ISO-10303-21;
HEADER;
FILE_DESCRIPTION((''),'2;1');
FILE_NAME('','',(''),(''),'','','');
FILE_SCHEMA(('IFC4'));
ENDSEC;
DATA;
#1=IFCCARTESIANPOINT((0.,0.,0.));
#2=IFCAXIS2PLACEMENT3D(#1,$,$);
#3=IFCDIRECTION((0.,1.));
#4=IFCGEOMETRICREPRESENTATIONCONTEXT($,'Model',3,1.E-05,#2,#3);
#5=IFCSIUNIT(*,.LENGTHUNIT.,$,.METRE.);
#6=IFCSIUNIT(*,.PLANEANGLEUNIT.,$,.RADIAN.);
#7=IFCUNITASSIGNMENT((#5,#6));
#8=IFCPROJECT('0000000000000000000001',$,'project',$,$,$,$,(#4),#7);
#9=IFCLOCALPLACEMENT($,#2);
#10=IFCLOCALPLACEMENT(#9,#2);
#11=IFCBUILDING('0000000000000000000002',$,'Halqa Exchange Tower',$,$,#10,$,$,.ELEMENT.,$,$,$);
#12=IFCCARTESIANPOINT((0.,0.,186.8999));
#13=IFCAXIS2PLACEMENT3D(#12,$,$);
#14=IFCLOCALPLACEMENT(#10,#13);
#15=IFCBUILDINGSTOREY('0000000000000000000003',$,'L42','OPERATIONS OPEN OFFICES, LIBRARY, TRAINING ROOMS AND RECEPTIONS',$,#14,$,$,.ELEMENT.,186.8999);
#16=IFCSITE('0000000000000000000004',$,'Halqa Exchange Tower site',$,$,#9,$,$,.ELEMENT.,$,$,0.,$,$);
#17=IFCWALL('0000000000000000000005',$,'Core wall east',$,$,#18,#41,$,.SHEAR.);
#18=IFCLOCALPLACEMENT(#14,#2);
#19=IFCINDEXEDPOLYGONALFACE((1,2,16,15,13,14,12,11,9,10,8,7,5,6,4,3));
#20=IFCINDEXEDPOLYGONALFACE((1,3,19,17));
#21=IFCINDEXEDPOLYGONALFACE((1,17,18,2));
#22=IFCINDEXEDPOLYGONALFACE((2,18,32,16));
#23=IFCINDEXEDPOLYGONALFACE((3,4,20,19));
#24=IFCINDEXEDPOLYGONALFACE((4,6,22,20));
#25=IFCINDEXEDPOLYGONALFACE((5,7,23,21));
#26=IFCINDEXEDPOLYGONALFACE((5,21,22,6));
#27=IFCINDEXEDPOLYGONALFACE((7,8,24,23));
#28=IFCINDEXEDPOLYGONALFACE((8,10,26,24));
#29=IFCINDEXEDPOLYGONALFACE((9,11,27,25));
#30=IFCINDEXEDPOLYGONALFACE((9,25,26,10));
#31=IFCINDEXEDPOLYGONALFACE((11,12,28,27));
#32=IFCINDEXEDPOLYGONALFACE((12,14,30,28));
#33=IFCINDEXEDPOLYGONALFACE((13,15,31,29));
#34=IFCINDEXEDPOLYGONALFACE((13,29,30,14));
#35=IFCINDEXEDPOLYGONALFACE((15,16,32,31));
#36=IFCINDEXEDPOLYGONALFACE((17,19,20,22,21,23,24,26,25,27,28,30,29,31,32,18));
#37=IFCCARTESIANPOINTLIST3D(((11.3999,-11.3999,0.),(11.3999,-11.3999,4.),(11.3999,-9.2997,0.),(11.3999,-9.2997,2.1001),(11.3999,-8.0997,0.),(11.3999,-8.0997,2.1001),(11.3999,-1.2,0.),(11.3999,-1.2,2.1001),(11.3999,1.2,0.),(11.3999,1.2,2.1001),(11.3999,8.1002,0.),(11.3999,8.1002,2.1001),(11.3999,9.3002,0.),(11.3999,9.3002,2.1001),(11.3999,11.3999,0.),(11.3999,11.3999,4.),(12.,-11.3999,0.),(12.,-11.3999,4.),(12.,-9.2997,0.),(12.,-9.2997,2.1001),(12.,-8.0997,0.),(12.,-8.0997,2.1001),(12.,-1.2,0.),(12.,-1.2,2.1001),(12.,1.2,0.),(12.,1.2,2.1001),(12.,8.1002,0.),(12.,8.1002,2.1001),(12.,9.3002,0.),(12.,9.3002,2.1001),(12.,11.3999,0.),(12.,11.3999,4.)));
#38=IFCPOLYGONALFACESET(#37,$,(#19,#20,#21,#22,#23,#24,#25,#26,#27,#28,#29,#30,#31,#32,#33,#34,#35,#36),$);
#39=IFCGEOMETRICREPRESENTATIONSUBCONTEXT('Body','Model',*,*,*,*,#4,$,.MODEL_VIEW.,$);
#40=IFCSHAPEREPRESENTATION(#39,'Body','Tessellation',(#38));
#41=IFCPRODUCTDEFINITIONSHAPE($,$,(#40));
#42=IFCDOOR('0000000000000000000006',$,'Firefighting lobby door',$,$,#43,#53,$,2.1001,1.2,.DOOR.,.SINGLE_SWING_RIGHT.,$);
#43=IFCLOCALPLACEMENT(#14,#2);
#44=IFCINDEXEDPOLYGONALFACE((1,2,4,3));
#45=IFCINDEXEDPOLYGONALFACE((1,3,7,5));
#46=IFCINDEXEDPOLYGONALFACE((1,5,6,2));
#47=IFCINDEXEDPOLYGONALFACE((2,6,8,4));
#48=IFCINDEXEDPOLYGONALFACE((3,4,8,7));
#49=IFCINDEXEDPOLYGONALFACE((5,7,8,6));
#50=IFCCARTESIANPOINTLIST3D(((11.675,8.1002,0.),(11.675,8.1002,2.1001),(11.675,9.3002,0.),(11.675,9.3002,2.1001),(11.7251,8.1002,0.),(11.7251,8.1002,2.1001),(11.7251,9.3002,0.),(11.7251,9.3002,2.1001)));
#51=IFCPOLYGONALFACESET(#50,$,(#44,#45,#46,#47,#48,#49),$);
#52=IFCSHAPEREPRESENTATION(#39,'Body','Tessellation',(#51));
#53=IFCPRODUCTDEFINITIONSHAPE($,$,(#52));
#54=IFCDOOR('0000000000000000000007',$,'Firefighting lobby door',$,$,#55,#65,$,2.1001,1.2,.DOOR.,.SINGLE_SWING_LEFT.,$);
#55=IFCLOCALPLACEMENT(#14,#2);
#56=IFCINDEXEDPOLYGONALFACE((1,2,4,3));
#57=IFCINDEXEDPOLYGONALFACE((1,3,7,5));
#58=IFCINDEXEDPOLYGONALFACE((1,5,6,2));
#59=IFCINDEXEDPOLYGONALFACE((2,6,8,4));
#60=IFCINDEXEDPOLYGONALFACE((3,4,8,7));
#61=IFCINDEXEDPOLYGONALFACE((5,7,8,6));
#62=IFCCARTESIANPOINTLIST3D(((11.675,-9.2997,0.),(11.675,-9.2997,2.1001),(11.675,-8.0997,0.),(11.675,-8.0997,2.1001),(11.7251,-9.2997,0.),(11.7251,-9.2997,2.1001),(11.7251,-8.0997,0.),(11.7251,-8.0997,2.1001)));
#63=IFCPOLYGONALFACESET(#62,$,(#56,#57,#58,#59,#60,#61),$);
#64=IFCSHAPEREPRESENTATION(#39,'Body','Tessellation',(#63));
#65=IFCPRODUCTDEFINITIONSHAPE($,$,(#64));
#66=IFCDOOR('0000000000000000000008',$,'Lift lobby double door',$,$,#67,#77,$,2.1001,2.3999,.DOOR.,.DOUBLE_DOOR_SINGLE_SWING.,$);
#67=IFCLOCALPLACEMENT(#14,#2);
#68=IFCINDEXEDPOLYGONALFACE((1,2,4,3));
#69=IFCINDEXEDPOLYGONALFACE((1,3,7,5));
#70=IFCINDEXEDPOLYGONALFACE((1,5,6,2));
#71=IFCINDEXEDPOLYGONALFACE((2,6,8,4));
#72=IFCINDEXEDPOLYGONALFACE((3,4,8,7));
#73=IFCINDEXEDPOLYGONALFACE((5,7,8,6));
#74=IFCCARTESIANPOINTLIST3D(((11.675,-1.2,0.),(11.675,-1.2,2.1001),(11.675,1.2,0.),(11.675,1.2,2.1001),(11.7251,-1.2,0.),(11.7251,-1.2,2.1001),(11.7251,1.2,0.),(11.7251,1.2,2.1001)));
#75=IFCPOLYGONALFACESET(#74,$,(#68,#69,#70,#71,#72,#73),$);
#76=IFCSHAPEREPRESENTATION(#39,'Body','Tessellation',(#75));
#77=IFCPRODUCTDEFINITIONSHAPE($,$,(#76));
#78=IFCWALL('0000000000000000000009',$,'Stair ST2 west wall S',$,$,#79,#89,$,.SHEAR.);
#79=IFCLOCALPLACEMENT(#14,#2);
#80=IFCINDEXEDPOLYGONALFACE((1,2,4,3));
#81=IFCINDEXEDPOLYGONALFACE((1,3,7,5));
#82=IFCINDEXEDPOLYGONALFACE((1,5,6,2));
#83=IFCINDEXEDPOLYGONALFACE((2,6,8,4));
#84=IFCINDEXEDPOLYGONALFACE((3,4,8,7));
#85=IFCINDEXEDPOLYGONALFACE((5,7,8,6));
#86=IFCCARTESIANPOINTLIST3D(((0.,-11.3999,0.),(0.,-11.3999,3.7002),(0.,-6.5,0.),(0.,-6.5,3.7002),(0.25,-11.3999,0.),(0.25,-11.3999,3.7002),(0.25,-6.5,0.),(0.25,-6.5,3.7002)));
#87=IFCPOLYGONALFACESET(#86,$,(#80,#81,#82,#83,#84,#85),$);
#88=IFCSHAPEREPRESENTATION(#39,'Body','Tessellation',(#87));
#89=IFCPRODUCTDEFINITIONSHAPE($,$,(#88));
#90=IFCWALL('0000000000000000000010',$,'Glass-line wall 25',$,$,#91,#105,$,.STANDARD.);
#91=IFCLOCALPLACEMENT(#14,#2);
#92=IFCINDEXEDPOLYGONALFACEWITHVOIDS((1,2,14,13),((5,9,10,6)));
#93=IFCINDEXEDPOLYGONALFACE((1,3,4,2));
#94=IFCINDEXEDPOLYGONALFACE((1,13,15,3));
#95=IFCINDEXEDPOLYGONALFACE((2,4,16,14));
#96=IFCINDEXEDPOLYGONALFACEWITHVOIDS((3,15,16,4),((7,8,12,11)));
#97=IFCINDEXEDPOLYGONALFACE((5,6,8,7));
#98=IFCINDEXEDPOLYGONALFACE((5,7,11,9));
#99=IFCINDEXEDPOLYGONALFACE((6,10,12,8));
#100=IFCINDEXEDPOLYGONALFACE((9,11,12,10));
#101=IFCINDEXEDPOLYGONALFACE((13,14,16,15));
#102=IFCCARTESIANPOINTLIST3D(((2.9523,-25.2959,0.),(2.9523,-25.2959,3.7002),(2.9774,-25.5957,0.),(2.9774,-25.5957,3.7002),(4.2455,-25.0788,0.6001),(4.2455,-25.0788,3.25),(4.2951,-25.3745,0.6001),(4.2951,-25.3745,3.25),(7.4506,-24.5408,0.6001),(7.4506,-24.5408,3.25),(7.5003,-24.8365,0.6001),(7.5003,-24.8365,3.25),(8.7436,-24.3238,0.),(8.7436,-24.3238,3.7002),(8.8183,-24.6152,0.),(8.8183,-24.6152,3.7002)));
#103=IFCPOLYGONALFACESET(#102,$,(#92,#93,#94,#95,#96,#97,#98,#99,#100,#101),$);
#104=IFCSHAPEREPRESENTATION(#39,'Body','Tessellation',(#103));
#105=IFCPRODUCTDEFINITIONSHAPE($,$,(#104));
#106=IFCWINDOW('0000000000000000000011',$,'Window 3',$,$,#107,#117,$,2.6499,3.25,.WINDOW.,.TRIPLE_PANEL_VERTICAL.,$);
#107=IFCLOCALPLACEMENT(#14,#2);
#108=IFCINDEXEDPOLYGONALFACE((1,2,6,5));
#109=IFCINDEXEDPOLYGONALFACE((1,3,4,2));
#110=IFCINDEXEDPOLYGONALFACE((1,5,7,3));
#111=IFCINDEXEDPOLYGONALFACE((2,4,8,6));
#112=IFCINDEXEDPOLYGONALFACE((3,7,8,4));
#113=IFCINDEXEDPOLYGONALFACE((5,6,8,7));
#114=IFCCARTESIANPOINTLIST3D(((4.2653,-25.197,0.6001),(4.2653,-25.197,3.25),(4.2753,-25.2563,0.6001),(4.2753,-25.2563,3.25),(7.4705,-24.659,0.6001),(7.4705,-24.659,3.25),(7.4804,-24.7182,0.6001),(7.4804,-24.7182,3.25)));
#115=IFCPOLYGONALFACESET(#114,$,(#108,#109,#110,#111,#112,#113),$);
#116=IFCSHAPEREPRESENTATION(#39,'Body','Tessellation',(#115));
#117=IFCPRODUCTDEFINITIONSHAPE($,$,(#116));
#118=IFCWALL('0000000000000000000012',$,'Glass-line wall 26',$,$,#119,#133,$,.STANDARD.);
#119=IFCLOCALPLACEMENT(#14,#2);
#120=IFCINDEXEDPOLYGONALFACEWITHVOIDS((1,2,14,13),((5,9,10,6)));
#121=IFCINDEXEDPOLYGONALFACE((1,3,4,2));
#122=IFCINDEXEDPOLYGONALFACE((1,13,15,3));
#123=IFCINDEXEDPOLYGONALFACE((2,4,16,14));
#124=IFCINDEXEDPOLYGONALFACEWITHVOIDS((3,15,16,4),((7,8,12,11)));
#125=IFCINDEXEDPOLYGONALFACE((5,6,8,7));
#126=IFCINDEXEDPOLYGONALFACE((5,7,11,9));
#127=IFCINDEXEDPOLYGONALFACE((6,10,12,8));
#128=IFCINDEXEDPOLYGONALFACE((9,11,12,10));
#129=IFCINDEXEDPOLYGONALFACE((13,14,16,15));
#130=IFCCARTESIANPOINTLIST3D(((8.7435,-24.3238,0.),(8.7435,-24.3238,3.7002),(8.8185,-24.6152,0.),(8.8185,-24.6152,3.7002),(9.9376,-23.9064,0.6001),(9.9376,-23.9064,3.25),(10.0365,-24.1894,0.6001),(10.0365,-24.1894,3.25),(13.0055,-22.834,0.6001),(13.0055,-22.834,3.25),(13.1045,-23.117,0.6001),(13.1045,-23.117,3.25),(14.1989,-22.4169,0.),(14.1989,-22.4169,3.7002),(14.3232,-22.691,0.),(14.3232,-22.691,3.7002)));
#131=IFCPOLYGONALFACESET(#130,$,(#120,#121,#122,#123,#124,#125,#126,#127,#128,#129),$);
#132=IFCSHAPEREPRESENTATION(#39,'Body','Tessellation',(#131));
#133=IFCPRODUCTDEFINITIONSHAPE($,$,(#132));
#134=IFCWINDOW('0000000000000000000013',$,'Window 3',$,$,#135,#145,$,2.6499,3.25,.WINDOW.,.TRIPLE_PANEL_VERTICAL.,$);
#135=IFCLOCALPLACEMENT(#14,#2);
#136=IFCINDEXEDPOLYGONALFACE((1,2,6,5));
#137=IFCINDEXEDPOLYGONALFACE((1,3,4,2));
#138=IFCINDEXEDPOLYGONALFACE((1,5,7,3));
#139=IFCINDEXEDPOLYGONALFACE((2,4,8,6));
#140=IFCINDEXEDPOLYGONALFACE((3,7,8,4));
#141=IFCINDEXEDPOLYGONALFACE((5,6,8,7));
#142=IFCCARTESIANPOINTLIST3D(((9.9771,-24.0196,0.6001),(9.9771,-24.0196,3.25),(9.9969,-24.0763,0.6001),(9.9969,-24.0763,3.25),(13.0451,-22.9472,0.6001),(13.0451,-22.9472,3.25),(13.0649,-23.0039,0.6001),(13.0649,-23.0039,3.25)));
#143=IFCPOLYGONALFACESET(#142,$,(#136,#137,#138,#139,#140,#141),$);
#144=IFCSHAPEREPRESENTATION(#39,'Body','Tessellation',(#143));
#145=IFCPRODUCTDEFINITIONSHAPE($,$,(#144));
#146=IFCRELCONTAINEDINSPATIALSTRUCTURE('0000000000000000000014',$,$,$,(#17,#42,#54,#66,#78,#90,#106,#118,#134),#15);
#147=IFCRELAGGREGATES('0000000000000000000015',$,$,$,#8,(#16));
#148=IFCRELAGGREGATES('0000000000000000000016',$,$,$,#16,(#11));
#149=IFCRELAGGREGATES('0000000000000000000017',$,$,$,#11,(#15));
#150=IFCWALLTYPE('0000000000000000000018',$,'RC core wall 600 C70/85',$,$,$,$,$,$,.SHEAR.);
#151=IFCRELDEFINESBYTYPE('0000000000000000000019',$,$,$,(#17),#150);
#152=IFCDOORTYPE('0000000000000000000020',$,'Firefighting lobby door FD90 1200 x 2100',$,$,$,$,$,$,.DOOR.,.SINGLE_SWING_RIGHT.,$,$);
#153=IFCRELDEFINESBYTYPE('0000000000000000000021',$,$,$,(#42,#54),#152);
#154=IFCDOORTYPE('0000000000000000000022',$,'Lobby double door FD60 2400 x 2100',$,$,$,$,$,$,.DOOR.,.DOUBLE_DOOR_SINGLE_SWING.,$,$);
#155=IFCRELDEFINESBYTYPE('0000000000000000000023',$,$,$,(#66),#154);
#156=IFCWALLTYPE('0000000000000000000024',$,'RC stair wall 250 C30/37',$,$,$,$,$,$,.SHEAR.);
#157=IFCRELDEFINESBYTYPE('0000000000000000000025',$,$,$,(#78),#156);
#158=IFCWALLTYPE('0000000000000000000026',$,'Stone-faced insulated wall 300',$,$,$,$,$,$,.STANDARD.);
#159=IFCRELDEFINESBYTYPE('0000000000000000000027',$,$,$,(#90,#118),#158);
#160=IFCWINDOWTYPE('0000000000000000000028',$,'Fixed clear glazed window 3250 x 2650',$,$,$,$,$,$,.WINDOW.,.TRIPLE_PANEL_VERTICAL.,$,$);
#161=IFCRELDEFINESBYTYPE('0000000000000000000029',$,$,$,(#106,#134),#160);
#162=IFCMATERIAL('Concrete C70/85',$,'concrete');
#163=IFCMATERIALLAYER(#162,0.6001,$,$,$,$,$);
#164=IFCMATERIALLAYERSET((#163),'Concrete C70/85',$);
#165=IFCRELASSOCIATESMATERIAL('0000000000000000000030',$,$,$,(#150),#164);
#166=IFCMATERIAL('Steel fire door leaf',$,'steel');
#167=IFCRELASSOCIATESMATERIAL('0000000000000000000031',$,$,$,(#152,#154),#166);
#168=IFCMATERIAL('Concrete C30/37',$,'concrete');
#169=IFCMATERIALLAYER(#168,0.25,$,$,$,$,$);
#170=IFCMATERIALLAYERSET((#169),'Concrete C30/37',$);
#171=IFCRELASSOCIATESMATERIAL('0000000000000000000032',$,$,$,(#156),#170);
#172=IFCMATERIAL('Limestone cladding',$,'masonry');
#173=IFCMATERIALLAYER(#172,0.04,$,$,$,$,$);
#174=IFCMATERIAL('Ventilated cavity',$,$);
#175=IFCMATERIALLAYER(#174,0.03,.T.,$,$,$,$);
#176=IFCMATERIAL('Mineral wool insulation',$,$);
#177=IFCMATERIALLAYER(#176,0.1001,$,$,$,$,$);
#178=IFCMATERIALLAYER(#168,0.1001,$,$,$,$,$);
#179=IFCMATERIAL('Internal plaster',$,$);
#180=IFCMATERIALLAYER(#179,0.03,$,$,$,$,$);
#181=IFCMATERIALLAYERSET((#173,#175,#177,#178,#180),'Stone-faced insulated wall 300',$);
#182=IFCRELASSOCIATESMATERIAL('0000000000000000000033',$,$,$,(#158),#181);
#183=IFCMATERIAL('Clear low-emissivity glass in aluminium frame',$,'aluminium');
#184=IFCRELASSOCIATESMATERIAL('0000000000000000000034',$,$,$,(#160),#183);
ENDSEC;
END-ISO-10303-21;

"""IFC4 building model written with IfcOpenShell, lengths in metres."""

from ifc_helpers import new_model, si_unit, direction, frame, frame_2d, origin, place, context, subcontext, project, spatial, polyline, rectangle, outline, extrude, material, layer, layer_set, type_object, element, fill, save


model = new_model("IFC4")

# Units and contexts
model_context = context("Model", 3, precision=1e-05, world=origin(), true_north=direction((0.0, 1.0)))
body_context = subcontext(model_context, "Body", "Model", "MODEL_VIEW")
ifc_project = project(units=[si_unit("LENGTHUNIT", "METRE"), si_unit("PLANEANGLEUNIT", "RADIAN")], contexts=[model_context])

# Site, building, storey
site_placement = place(None, origin())
site = spatial("IfcSite", under=ifc_project, at=site_placement, Name="Halqa Exchange Tower site", CompositionType="ELEMENT", RefElevation=0.0)
building_placement = place(site_placement, origin())
building = spatial("IfcBuilding", under=site, at=building_placement, Name="Halqa Exchange Tower", CompositionType="ELEMENT")
storey_placement = place(building_placement, frame((0.0, 0.0, 186.8999)))
storey = spatial("IfcBuildingStorey", under=building, at=storey_placement, Name="L42", Description="OPERATIONS OPEN OFFICES, LIBRARY, TRAINING ROOMS AND RECEPTIONS", CompositionType="ELEMENT", Elevation=186.8999)

# Shared definitions
ifc_material_1 = material(Name="Concrete C70/85", Category="concrete")

# Wall, openings, doors
ifc_layer_1 = layer(ifc_material_1, 0.6001)
ifc_layer_set_1 = layer_set([ifc_layer_1], Name="Concrete C70/85")
wall_type_1 = type_object("IfcWallType", Name="RC core wall 600 C70/85", PredefinedType="SHEAR", material=ifc_layer_set_1)
wall_1_placement = place(storey_placement, frame((11.7, -11.3999, 0.0), z_axis=(0.0, 0.0, 1.0), x_axis=(0.0, 1.0, 0.0)))
wall_1 = element("IfcWall", 1, at=wall_1_placement, inside=storey, type_object=wall_type_1, Name="Core wall east", PredefinedType="SHEAR", context=body_context, shape_type="SweptSolid", body=[
    extrude(rectangle(XDim=22.7998, YDim=0.6001, at=frame_2d((11.3999, 0.0))), origin(), (0.0, 0.0, 1.0), 4.0),
])
opening_1_placement = place(wall_1_placement, frame((10.2, 0.0, 0.0)))
opening_1 = element("IfcOpeningElement", 2, at=opening_1_placement, cuts=wall_1, PredefinedType="OPENING", context=body_context, shape_type="SweptSolid", body=[
    extrude(rectangle(XDim=2.3999, YDim=2.1001, at=frame_2d((1.2, 1.05))), frame((0.0, 0.312, 0.0), z_axis=(0.0, -1.0, 0.0), x_axis=(1.0, 0.0, 0.0)), (0.0, 0.0, 1.0), 0.624),
])
opening_2_placement = place(wall_1_placement, frame((19.5, 0.0, 0.0)))
opening_2 = element("IfcOpeningElement", 3, at=opening_2_placement, cuts=wall_1, PredefinedType="OPENING", context=body_context, shape_type="SweptSolid", body=[
    extrude(rectangle(XDim=1.2, YDim=2.1001, at=frame_2d((0.6001, 1.05))), frame((0.0, 0.312, 0.0), z_axis=(0.0, -1.0, 0.0), x_axis=(1.0, 0.0, 0.0)), (0.0, 0.0, 1.0), 0.624),
])
opening_3_placement = place(wall_1_placement, frame((2.1001, 0.0, 0.0)))
opening_3 = element("IfcOpeningElement", 4, at=opening_3_placement, cuts=wall_1, PredefinedType="OPENING", context=body_context, shape_type="SweptSolid", body=[
    extrude(rectangle(XDim=1.2, YDim=2.1001, at=frame_2d((0.6001, 1.05))), frame((0.0, 0.312, 0.0), z_axis=(0.0, -1.0, 0.0), x_axis=(1.0, 0.0, 0.0)), (0.0, 0.0, 1.0), 0.624),
])
ifc_material_2 = material(Name="Steel fire door leaf", Category="steel")
door_type_1 = type_object("IfcDoorType", Name="Firefighting lobby door FD90 1200 x 2100", OperationType="SINGLE_SWING_RIGHT", PredefinedType="DOOR", material=ifc_material_2)
door_1_placement = place(opening_2_placement, origin())
door_1 = element("IfcDoor", 5, at=door_1_placement, inside=storey, type_object=door_type_1, Name="Firefighting lobby door", OperationType="SINGLE_SWING_RIGHT", OverallHeight=2.1001, OverallWidth=1.2, PredefinedType="DOOR", context=body_context, shape_type="SweptSolid", body=[
    extrude(rectangle(XDim=1.2, YDim=2.1001, at=frame_2d((0.6001, 1.05))), frame((0.0, 0.0249, 0.0), z_axis=(0.0, -1.0, 0.0), x_axis=(1.0, 0.0, 0.0)), (0.0, 0.0, 1.0), 0.05),
])
fill(opening_2, door_1)
door_2_placement = place(opening_3_placement, origin())
door_2 = element("IfcDoor", 6, at=door_2_placement, inside=storey, type_object=door_type_1, Name="Firefighting lobby door", OperationType="SINGLE_SWING_LEFT", OverallHeight=2.1001, OverallWidth=1.2, PredefinedType="DOOR", context=body_context, shape_type="SweptSolid", body=[
    extrude(rectangle(XDim=1.2, YDim=2.1001, at=frame_2d((0.6001, 1.05))), frame((0.0, 0.0249, 0.0), z_axis=(0.0, -1.0, 0.0), x_axis=(1.0, 0.0, 0.0)), (0.0, 0.0, 1.0), 0.05),
])
fill(opening_3, door_2)
door_type_2 = type_object("IfcDoorType", Name="Lobby double door FD60 2400 x 2100", OperationType="DOUBLE_DOOR_SINGLE_SWING", PredefinedType="DOOR", material=ifc_material_2)
door_3_placement = place(opening_1_placement, origin())
door_3 = element("IfcDoor", 7, at=door_3_placement, inside=storey, type_object=door_type_2, Name="Lift lobby double door", OperationType="DOUBLE_DOOR_SINGLE_SWING", OverallHeight=2.1001, OverallWidth=2.3999, PredefinedType="DOOR", context=body_context, shape_type="SweptSolid", body=[
    extrude(rectangle(XDim=2.3999, YDim=2.1001, at=frame_2d((1.2, 1.05))), frame((0.0, 0.0249, 0.0), z_axis=(0.0, -1.0, 0.0), x_axis=(1.0, 0.0, 0.0)), (0.0, 0.0, 1.0), 0.05),
])
fill(opening_1, door_3)

# Wall
ifc_material_3 = material(Name="Concrete C30/37", Category="concrete")
ifc_layer_2 = layer(ifc_material_3, 0.25)
ifc_layer_set_2 = layer_set([ifc_layer_2], Name="Concrete C30/37")
wall_type_2 = type_object("IfcWallType", Name="RC stair wall 250 C30/37", PredefinedType="SHEAR", material=ifc_layer_set_2)
wall_2_placement = place(storey_placement, frame((0.125, -11.3999, 0.0), z_axis=(0.0, 0.0, 1.0), x_axis=(0.0, 1.0, 0.0)))
element("IfcWall", 8, at=wall_2_placement, inside=storey, type_object=wall_type_2, Name="Stair ST2 west wall S", PredefinedType="SHEAR", context=body_context, shape_type="SweptSolid", body=[
    extrude(rectangle(XDim=4.8999, YDim=0.25, at=frame_2d((2.45, 0.0))), origin(), (0.0, 0.0, 1.0), 3.7002),
])

# Walls, openings, windows
ifc_material_4 = material(Name="Limestone cladding", Category="masonry")
ifc_layer_3 = layer(ifc_material_4, 0.04)
ifc_material_5 = material(Name="Ventilated cavity")
ifc_layer_4 = layer(ifc_material_5, 0.03, ventilated=True)
ifc_material_6 = material(Name="Mineral wool insulation")
ifc_layer_5 = layer(ifc_material_6, 0.1001)
ifc_layer_6 = layer(ifc_material_3, 0.1001)
ifc_material_7 = material(Name="Internal plaster")
ifc_layer_7 = layer(ifc_material_7, 0.03)
ifc_layer_set_3 = layer_set([ifc_layer_3, ifc_layer_4, ifc_layer_5, ifc_layer_6, ifc_layer_7], Name="Stone-faced insulated wall 300")
wall_type_3 = type_object("IfcWallType", Name="Stone-faced insulated wall 300", PredefinedType="STANDARD", material=ifc_layer_set_3)
wall_3_placement = place(storey_placement, frame((2.9648, -25.4458, 0.0), z_axis=(0.0, 0.0, 1.0), x_axis=(0.986202, 0.165547, 0.0)))
wall_3 = element("IfcWall", 9, at=wall_3_placement, inside=storey, type_object=wall_type_3, Name="Glass-line wall 25", PredefinedType="STANDARD", context=body_context, shape_type="SweptSolid", body=[
    extrude(outline(polyline([(-0.0125, -0.1499), (5.9102, -0.1499), (5.8848, 0.1499), (0.0125, 0.1499), (-0.0125, -0.1499)])), origin(), (0.0, 0.0, 1.0), 3.7002),
])
opening_4_placement = place(wall_3_placement, frame((1.3237, 0.0, 0.6001)))
opening_4 = element("IfcOpeningElement", 10, at=opening_4_placement, cuts=wall_3, PredefinedType="OPENING", context=body_context, shape_type="SweptSolid", body=[
    extrude(rectangle(XDim=3.25, YDim=2.6499, at=frame_2d((1.625, 1.325))), frame((0.0, 0.1621, 0.0), z_axis=(0.0, -1.0, 0.0), x_axis=(1.0, 0.0, 0.0)), (0.0, 0.0, 1.0), 0.324),
])
ifc_material_8 = material(Name="Clear low-emissivity glass in aluminium frame", Category="aluminium")
window_type = type_object("IfcWindowType", Name="Fixed clear glazed window 3250 x 2650", PartitioningType="TRIPLE_PANEL_VERTICAL", PredefinedType="WINDOW", material=ifc_material_8)
window_1_placement = place(opening_4_placement, origin())
window_1 = element("IfcWindow", 11, at=window_1_placement, inside=storey, type_object=window_type, Name="Window 3", OverallHeight=2.6499, OverallWidth=3.25, PartitioningType="TRIPLE_PANEL_VERTICAL", PredefinedType="WINDOW", context=body_context, shape_type="SweptSolid", body=[
    extrude(rectangle(XDim=3.25, YDim=2.6499, at=frame_2d((1.625, 1.325))), frame((0.0, 0.03, 0.0), z_axis=(0.0, -1.0, 0.0), x_axis=(1.0, 0.0, 0.0)), (0.0, 0.0, 1.0), 0.0601),
])
fill(opening_4, window_1)
wall_4_placement = place(storey_placement, frame((8.781, -24.4695, 0.0), z_axis=(0.0, 0.0, 1.0), x_axis=(0.943991, 0.329972, 0.0)))
wall_4 = element("IfcWall", 12, at=wall_4_placement, inside=storey, type_object=wall_type_3, Name="Glass-line wall 26", PredefinedType="STANDARD", context=body_context, shape_type="SweptSolid", body=[
    extrude(outline(polyline([(-0.0127, -0.1499), (5.8186, -0.1499), (5.7917, 0.1499), (0.0127, 0.1499), (-0.0127, -0.1499)])), origin(), (0.0, 0.0, 1.0), 3.7002),
])
opening_5_placement = place(wall_4_placement, frame((1.2776, 0.0, 0.6001)))
opening_5 = element("IfcOpeningElement", 13, at=opening_5_placement, cuts=wall_4, PredefinedType="OPENING", context=body_context, shape_type="SweptSolid", body=[
    extrude(rectangle(XDim=3.25, YDim=2.6499, at=frame_2d((1.625, 1.325))), frame((0.0, 0.1621, 0.0), z_axis=(0.0, -1.0, 0.0), x_axis=(1.0, 0.0, 0.0)), (0.0, 0.0, 1.0), 0.324),
])
window_2_placement = place(opening_5_placement, origin())
window_2 = element("IfcWindow", 14, at=window_2_placement, inside=storey, type_object=window_type, Name="Window 3", OverallHeight=2.6499, OverallWidth=3.25, PartitioningType="TRIPLE_PANEL_VERTICAL", PredefinedType="WINDOW", context=body_context, shape_type="SweptSolid", body=[
    extrude(rectangle(XDim=3.25, YDim=2.6499, at=frame_2d((1.625, 1.325))), frame((0.0, 0.03, 0.0), z_axis=(0.0, -1.0, 0.0), x_axis=(1.0, 0.0, 0.0)), (0.0, 0.0, 1.0), 0.0601),
])
fill(opening_5, window_2)

save(model, "model.ifc")
